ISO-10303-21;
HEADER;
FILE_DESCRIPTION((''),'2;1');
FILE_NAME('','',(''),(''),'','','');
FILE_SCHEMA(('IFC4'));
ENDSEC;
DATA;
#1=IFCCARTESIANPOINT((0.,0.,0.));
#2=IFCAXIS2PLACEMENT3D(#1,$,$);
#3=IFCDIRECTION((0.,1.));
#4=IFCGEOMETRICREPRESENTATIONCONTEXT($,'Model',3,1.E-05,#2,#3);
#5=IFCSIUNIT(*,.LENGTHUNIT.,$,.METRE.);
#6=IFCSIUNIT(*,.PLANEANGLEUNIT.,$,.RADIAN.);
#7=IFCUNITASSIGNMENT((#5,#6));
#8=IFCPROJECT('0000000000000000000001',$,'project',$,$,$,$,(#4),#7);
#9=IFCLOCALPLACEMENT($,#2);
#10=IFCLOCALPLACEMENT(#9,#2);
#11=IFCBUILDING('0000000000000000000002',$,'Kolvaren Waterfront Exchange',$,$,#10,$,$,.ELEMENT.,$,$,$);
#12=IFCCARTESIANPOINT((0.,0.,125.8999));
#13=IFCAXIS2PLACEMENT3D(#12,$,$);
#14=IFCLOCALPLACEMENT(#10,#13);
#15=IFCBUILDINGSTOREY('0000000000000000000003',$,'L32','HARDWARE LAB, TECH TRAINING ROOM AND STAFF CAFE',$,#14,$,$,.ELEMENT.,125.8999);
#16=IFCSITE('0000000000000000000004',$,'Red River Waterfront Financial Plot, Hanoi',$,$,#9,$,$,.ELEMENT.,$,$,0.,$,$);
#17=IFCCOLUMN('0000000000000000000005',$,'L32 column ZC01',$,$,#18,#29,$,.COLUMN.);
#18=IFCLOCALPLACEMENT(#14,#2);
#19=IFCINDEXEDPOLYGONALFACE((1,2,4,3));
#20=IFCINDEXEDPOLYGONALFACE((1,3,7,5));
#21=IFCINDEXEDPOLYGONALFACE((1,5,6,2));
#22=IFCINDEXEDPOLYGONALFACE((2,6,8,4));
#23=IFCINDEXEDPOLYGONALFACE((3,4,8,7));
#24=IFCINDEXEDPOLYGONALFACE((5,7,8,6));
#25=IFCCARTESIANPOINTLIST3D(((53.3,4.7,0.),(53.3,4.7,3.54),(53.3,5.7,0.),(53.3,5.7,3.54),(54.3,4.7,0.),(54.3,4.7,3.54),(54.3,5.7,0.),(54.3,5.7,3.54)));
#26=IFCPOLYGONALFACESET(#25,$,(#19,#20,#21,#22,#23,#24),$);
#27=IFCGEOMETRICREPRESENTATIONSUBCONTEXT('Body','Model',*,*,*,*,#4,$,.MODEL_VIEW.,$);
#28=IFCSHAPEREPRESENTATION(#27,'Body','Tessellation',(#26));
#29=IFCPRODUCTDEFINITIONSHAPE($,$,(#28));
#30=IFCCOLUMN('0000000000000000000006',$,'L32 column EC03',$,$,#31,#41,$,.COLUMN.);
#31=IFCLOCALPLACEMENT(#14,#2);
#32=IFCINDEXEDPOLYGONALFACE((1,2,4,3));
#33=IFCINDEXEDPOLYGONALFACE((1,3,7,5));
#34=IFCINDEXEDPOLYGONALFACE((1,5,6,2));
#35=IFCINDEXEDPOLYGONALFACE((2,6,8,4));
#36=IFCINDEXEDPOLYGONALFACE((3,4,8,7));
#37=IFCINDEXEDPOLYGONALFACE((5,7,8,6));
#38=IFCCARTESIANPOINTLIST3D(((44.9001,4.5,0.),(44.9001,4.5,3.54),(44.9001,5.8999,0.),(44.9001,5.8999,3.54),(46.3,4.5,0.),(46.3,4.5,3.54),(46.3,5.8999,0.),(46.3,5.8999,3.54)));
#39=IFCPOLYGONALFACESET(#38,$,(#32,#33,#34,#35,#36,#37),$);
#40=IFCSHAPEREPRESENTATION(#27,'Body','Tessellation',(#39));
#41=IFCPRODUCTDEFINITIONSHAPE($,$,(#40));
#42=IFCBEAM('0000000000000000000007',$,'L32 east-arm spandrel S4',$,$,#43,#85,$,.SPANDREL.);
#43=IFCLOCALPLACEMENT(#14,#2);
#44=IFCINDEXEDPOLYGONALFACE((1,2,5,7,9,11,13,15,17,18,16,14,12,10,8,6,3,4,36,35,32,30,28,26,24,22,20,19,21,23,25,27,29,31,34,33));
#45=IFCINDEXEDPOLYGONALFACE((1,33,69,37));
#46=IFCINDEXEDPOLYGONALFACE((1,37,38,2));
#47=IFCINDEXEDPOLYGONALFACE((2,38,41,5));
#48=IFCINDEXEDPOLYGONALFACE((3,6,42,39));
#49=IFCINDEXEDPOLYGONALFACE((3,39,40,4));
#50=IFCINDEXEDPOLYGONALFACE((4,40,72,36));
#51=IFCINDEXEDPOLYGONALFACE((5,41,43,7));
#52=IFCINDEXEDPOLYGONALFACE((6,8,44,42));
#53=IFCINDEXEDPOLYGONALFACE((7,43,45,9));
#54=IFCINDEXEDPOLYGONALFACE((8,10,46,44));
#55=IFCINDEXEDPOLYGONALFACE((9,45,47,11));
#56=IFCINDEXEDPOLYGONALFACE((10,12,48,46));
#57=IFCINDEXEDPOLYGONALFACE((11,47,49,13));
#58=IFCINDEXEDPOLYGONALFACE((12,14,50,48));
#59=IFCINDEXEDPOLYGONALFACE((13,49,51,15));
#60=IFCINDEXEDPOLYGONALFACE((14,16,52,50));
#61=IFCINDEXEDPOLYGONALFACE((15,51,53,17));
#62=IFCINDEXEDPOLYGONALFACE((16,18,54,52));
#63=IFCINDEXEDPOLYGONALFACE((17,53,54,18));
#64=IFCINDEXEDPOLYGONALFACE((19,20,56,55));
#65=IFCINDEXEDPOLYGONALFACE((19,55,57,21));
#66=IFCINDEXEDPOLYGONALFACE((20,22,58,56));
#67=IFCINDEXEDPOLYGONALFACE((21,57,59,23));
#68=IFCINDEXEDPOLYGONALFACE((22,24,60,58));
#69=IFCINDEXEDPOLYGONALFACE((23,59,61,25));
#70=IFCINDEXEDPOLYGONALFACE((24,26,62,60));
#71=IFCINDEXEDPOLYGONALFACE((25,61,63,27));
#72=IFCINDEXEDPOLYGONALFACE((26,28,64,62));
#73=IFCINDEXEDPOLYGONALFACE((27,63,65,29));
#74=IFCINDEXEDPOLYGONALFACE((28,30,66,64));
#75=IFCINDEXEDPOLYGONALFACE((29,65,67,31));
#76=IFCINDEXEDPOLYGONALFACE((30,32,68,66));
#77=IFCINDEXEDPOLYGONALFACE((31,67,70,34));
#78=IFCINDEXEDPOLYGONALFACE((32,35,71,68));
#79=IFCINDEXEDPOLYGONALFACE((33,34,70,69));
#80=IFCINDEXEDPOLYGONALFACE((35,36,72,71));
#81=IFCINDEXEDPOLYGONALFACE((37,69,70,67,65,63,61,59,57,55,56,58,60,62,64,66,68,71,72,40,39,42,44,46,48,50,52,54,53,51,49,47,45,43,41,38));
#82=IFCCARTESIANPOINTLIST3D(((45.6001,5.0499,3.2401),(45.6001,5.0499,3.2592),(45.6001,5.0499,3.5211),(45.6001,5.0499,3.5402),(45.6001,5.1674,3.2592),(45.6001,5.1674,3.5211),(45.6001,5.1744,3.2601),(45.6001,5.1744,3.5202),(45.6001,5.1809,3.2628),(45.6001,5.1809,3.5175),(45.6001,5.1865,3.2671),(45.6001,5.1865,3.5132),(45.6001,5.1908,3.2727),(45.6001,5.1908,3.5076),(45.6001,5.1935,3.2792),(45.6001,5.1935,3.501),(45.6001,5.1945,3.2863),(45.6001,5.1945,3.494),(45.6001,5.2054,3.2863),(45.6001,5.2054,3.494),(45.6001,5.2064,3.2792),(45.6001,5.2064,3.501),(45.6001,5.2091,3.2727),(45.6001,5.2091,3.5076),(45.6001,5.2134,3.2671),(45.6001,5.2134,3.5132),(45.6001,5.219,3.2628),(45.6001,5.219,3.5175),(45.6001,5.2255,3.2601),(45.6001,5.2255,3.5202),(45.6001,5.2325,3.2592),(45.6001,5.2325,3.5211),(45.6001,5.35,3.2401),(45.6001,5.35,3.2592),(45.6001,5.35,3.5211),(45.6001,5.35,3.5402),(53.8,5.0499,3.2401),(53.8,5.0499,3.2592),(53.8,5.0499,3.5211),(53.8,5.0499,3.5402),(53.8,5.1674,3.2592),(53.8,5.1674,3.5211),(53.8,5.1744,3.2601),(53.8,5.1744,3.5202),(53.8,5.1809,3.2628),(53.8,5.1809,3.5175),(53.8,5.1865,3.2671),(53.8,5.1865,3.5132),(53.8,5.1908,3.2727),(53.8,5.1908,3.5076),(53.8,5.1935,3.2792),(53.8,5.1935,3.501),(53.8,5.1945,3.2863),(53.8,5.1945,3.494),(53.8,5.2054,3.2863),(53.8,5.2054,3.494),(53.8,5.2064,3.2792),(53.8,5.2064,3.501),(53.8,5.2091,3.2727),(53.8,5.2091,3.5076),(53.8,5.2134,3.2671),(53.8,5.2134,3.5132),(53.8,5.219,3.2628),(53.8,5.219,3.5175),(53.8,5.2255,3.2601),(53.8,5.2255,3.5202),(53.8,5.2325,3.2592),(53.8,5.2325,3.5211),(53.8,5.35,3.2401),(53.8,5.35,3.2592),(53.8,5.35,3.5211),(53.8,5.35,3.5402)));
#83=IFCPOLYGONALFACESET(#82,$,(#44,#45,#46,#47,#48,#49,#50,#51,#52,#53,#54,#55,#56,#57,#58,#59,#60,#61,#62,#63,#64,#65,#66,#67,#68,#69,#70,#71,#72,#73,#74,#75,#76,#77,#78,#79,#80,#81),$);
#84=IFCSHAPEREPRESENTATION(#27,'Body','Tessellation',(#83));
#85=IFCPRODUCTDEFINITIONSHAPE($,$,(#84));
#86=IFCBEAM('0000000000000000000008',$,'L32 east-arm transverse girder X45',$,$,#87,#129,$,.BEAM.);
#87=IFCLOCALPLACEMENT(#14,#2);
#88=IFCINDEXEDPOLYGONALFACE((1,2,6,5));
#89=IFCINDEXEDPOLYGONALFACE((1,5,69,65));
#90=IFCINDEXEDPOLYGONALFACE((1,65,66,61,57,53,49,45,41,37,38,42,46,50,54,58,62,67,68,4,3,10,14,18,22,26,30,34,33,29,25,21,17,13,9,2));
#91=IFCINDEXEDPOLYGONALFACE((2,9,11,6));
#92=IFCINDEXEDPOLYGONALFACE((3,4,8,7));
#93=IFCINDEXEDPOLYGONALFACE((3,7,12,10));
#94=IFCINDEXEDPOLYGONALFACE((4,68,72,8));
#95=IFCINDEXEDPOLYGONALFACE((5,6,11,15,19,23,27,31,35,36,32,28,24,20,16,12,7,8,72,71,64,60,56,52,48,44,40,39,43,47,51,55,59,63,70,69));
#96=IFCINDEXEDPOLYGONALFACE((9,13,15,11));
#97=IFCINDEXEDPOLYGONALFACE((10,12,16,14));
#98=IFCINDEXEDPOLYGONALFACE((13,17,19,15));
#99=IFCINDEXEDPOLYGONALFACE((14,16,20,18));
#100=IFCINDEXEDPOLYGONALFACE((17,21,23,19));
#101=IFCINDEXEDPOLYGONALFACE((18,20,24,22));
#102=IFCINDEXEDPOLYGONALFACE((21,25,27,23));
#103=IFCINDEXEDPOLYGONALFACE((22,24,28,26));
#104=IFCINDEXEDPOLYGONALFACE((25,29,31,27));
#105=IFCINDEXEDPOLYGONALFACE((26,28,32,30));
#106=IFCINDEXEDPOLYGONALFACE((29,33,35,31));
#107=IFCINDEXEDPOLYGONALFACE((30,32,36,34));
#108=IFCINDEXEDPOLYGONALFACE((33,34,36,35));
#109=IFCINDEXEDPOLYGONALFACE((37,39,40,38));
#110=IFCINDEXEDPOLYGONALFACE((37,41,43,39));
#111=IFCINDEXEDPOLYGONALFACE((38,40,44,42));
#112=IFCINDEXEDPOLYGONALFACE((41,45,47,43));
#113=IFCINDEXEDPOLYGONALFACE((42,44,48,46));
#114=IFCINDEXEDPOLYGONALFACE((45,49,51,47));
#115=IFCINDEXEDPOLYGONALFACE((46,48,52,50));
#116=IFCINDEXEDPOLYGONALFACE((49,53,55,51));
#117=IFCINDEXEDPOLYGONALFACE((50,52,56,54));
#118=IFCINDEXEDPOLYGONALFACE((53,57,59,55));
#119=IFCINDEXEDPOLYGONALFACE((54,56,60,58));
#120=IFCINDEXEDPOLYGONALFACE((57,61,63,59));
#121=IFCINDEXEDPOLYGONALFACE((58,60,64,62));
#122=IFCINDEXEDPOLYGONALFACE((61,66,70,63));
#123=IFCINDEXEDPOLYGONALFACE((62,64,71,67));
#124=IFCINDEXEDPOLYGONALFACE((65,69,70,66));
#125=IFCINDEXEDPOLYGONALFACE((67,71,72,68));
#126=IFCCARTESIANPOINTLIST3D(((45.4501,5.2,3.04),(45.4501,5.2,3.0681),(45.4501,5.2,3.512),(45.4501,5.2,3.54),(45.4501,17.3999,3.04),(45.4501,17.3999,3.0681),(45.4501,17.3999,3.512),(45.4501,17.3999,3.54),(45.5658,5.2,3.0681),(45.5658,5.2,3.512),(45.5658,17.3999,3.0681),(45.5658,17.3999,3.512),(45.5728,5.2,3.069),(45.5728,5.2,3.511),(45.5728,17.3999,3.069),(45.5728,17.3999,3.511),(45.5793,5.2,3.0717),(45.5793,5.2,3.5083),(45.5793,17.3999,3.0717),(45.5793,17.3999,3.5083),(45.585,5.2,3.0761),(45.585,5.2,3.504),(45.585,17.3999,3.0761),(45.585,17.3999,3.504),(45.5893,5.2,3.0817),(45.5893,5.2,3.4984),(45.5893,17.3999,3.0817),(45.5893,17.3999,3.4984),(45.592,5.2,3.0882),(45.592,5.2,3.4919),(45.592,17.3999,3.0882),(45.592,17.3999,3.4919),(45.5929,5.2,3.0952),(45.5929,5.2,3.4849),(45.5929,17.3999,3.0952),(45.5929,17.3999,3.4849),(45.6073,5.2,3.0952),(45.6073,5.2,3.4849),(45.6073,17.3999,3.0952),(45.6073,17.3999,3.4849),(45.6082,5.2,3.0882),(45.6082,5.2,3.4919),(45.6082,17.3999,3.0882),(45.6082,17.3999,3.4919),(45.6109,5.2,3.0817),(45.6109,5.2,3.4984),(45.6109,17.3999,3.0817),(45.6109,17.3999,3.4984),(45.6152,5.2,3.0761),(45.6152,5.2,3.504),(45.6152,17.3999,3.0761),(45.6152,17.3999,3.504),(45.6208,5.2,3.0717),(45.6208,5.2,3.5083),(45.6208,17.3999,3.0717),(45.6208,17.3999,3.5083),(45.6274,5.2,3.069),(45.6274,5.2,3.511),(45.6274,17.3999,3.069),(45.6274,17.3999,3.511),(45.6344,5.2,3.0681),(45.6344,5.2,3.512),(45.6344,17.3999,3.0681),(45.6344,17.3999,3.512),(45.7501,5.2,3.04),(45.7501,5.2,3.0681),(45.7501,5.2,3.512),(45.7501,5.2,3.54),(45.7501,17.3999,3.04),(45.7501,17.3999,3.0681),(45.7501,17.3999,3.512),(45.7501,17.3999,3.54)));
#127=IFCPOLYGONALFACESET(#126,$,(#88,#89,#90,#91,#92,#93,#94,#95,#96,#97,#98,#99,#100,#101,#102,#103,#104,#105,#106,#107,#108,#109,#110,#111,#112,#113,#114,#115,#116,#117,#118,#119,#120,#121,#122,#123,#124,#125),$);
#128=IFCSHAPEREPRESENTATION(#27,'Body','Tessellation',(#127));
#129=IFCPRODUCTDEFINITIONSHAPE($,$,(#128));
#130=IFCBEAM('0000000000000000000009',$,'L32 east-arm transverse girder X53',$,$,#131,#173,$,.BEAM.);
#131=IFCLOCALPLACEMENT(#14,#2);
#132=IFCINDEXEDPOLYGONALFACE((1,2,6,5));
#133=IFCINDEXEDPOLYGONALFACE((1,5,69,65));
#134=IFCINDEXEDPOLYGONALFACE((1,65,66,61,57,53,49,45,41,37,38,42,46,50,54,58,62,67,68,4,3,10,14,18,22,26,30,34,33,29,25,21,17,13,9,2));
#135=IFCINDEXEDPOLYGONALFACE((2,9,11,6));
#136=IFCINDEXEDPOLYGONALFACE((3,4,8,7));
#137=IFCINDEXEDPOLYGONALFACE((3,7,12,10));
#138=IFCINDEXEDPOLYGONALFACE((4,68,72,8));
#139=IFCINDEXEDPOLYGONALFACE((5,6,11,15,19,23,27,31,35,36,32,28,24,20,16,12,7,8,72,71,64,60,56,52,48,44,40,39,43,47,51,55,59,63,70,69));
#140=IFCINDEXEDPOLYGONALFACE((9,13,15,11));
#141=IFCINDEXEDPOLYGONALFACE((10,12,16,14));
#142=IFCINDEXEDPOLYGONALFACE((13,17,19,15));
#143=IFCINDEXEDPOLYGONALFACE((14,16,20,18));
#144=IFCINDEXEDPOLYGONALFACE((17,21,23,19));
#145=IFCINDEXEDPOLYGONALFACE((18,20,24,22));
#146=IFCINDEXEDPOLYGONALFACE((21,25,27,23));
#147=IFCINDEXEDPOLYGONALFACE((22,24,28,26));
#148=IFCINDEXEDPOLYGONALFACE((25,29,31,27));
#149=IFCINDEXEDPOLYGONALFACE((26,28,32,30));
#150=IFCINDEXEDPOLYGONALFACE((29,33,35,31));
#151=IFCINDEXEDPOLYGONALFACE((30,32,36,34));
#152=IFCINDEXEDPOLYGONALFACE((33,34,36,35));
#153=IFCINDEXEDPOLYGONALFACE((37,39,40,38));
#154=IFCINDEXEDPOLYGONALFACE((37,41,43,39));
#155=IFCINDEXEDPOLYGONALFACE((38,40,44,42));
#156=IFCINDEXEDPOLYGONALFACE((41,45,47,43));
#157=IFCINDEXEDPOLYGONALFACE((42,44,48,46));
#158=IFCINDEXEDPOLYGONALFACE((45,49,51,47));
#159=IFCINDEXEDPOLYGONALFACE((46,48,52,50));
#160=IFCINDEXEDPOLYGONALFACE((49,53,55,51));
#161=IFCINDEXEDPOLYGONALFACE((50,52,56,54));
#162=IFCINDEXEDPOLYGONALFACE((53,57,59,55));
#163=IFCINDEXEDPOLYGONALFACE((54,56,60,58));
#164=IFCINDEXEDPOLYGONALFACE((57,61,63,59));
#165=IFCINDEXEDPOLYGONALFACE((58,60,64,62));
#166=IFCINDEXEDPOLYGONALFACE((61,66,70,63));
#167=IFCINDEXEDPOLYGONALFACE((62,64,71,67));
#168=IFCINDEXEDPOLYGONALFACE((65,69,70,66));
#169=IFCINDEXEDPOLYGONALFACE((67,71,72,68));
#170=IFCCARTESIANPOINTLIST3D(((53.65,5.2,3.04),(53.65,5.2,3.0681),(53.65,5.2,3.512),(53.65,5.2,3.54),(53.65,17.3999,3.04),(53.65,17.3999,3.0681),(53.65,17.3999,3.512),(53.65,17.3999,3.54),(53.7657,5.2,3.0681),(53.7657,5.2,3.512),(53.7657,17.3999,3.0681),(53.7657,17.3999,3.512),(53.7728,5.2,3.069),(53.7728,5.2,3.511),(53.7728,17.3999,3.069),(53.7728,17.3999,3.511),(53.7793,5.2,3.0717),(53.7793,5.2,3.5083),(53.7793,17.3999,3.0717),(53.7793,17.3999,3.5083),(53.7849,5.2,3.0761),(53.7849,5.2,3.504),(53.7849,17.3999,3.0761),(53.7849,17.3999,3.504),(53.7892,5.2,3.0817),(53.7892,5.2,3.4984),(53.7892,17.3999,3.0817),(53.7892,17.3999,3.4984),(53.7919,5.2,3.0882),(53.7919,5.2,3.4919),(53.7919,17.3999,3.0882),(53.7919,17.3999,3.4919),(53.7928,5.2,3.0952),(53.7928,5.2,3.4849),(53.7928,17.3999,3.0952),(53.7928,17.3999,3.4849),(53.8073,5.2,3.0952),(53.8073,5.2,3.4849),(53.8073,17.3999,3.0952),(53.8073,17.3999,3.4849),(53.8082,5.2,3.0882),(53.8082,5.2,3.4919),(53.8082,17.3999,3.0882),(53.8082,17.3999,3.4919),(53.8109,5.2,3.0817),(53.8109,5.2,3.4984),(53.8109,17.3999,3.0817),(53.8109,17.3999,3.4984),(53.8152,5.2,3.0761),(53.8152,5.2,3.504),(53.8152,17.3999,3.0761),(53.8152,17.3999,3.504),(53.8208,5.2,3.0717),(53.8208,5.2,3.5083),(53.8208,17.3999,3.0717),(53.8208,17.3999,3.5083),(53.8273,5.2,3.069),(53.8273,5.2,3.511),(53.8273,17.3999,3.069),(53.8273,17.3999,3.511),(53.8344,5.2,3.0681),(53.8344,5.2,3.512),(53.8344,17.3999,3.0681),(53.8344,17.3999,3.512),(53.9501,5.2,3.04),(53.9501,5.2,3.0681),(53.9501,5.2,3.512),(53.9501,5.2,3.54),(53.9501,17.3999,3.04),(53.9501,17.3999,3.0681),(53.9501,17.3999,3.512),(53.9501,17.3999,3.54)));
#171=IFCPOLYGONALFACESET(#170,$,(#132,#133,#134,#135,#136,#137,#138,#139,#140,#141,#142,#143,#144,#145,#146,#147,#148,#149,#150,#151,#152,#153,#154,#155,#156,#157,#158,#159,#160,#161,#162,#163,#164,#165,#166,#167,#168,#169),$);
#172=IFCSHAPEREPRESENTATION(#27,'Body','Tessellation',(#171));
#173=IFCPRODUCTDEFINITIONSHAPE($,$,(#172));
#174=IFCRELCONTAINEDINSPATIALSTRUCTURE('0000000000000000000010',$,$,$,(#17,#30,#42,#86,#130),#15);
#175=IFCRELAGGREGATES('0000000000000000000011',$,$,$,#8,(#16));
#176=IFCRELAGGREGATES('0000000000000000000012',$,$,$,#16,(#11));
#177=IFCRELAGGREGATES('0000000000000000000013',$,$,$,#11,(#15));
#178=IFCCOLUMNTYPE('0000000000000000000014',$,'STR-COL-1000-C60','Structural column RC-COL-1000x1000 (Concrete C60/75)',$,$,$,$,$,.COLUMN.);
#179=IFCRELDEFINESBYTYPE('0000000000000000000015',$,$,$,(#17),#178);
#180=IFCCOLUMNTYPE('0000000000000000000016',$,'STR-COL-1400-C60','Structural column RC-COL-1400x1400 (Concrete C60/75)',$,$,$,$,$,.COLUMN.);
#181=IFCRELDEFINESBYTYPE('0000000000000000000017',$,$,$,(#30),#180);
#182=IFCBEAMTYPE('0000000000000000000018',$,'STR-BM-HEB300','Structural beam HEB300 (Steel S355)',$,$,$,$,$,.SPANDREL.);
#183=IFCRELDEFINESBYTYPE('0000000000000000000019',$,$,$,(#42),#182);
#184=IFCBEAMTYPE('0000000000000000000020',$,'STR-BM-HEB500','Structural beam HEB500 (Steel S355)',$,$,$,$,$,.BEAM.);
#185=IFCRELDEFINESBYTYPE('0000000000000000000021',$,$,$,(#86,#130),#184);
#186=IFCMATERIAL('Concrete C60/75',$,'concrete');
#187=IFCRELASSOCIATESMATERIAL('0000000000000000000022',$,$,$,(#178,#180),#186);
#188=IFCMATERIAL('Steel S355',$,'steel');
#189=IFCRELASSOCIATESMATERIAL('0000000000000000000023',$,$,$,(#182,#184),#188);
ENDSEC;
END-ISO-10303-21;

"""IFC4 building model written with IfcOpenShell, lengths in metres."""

from ifc_helpers import new_model, si_unit, direction, frame, origin, origin_2d, place, context, subcontext, project, spatial, rectangle, i_section, extrude, material, material_profile, profile_set, type_object, element, save


model = new_model("IFC4")

# Units and contexts
model_context = context("Model", 3, precision=1e-05, world=origin(), true_north=direction((0.0, 1.0)))
body_context = subcontext(model_context, "Body", "Model", "MODEL_VIEW")
ifc_project = project(units=[si_unit("LENGTHUNIT", "METRE"), si_unit("PLANEANGLEUNIT", "RADIAN")], contexts=[model_context])

# Site, building, storey
site_placement = place(None, origin())
site = spatial("IfcSite", under=ifc_project, at=site_placement, Name="Red River Waterfront Financial Plot, Hanoi", CompositionType="ELEMENT", RefElevation=0.0)
building_placement = place(site_placement, origin())
building = spatial("IfcBuilding", under=site, at=building_placement, Name="Kolvaren Waterfront Exchange", CompositionType="ELEMENT")
storey_placement = place(building_placement, frame((0.0, 0.0, 125.8999)))
storey = spatial("IfcBuildingStorey", under=building, at=storey_placement, Name="L32", Description="HARDWARE LAB, TECH TRAINING ROOM AND STAFF CAFE", CompositionType="ELEMENT", Elevation=125.8999)

# Columns
ifc_material_1 = material(Name="Concrete C60/75", Category="concrete")
ifc_material_profile_1 = material_profile(ifc_material_1, rectangle(XDim=1.0, YDim=1.0, at=origin_2d()), Name="RC-COL-1000x1000")
ifc_profile_set_1 = profile_set([ifc_material_profile_1], Name="Concrete C60/75")
column_type_1 = type_object("IfcColumnType", Name="STR-COL-1000-C60", Description="Structural column RC-COL-1000x1000 (Concrete C60/75)", PredefinedType="COLUMN", material=ifc_profile_set_1)
column_1_placement = place(storey_placement, frame((53.8, 5.2, 0.0), z_axis=(0.0, 0.0, 1.0), x_axis=(1.0, 0.0, 0.0)))
element("IfcColumn", 1, at=column_1_placement, inside=storey, type_object=column_type_1, Name="L32 column ZC01", PredefinedType="COLUMN", context=body_context, shape_type="SweptSolid", body=[
    extrude(rectangle(XDim=1.0, YDim=1.0, at=origin_2d()), origin(), (0.0, 0.0, 1.0), 3.54),
])
ifc_material_profile_2 = material_profile(ifc_material_1, rectangle(XDim=1.3999, YDim=1.3999, at=origin_2d()), Name="RC-COL-1400x1400")
ifc_profile_set_2 = profile_set([ifc_material_profile_2], Name="Concrete C60/75")
column_type_2 = type_object("IfcColumnType", Name="STR-COL-1400-C60", Description="Structural column RC-COL-1400x1400 (Concrete C60/75)", PredefinedType="COLUMN", material=ifc_profile_set_2)
column_2_placement = place(storey_placement, frame((45.6001, 5.2, 0.0), z_axis=(0.0, 0.0, 1.0), x_axis=(1.0, 0.0, 0.0)))
element("IfcColumn", 2, at=column_2_placement, inside=storey, type_object=column_type_2, Name="L32 column EC03", PredefinedType="COLUMN", context=body_context, shape_type="SweptSolid", body=[
    extrude(rectangle(XDim=1.3999, YDim=1.3999, at=origin_2d()), origin(), (0.0, 0.0, 1.0), 3.54),
])

# Beams
ifc_material_2 = material(Name="Steel S355", Category="steel")
ifc_material_profile_3 = material_profile(ifc_material_2, i_section(OverallWidth=0.3, OverallDepth=0.3, WebThickness=0.011, FlangeThickness=0.019, FilletRadius=0.0271, at=origin_2d()), Name="HEB300")
ifc_profile_set_3 = profile_set([ifc_material_profile_3], Name="Steel S355")
beam_type_1 = type_object("IfcBeamType", Name="STR-BM-HEB300", Description="Structural beam HEB300 (Steel S355)", PredefinedType="SPANDREL", material=ifc_profile_set_3)
beam_1_placement = place(storey_placement, frame((45.6001, 5.2, 3.3901), z_axis=(1.0, 0.0, 0.0), x_axis=(0.0, 1.0, 0.0)))
element("IfcBeam", 3, at=beam_1_placement, inside=storey, type_object=beam_type_1, Name="L32 east-arm spandrel S4", PredefinedType="SPANDREL", context=body_context, shape_type="SweptSolid", body=[
    extrude(i_section(OverallWidth=0.3, OverallDepth=0.3, WebThickness=0.011, FlangeThickness=0.019, FilletRadius=0.0271, at=origin_2d()), origin(), (0.0, 0.0, 1.0), 8.2),
])
ifc_material_profile_4 = material_profile(ifc_material_2, i_section(OverallWidth=0.3, OverallDepth=0.5, WebThickness=0.0144, FlangeThickness=0.0281, FilletRadius=0.0271, at=origin_2d()), Name="HEB500")
ifc_profile_set_4 = profile_set([ifc_material_profile_4], Name="Steel S355")
beam_type_2 = type_object("IfcBeamType", Name="STR-BM-HEB500", Description="Structural beam HEB500 (Steel S355)", PredefinedType="BEAM", material=ifc_profile_set_4)
for number, where, z_axis, x_axis, name in (
    (4, (45.6001, 5.2, 3.29), (0.0, 1.0, 0.0), (-1.0, 0.0, 0.0), "L32 east-arm transverse girder X45"),
    (5, (53.8, 5.2, 3.29), (0.0, 1.0, 0.0), (-1.0, 0.0, 0.0), "L32 east-arm transverse girder X53"),
):
    element("IfcBeam", number, at=place(storey_placement, frame(where, z_axis=z_axis, x_axis=x_axis)), inside=storey, type_object=beam_type_2, Name=name, PredefinedType="BEAM", context=body_context, shape_type="SweptSolid", body=[
        extrude(i_section(OverallWidth=0.3, OverallDepth=0.5, WebThickness=0.0144, FlangeThickness=0.0281, FilletRadius=0.0271, at=origin_2d()), origin(), (0.0, 0.0, 1.0), 12.2),
    ])

save(model, "model.ifc")
